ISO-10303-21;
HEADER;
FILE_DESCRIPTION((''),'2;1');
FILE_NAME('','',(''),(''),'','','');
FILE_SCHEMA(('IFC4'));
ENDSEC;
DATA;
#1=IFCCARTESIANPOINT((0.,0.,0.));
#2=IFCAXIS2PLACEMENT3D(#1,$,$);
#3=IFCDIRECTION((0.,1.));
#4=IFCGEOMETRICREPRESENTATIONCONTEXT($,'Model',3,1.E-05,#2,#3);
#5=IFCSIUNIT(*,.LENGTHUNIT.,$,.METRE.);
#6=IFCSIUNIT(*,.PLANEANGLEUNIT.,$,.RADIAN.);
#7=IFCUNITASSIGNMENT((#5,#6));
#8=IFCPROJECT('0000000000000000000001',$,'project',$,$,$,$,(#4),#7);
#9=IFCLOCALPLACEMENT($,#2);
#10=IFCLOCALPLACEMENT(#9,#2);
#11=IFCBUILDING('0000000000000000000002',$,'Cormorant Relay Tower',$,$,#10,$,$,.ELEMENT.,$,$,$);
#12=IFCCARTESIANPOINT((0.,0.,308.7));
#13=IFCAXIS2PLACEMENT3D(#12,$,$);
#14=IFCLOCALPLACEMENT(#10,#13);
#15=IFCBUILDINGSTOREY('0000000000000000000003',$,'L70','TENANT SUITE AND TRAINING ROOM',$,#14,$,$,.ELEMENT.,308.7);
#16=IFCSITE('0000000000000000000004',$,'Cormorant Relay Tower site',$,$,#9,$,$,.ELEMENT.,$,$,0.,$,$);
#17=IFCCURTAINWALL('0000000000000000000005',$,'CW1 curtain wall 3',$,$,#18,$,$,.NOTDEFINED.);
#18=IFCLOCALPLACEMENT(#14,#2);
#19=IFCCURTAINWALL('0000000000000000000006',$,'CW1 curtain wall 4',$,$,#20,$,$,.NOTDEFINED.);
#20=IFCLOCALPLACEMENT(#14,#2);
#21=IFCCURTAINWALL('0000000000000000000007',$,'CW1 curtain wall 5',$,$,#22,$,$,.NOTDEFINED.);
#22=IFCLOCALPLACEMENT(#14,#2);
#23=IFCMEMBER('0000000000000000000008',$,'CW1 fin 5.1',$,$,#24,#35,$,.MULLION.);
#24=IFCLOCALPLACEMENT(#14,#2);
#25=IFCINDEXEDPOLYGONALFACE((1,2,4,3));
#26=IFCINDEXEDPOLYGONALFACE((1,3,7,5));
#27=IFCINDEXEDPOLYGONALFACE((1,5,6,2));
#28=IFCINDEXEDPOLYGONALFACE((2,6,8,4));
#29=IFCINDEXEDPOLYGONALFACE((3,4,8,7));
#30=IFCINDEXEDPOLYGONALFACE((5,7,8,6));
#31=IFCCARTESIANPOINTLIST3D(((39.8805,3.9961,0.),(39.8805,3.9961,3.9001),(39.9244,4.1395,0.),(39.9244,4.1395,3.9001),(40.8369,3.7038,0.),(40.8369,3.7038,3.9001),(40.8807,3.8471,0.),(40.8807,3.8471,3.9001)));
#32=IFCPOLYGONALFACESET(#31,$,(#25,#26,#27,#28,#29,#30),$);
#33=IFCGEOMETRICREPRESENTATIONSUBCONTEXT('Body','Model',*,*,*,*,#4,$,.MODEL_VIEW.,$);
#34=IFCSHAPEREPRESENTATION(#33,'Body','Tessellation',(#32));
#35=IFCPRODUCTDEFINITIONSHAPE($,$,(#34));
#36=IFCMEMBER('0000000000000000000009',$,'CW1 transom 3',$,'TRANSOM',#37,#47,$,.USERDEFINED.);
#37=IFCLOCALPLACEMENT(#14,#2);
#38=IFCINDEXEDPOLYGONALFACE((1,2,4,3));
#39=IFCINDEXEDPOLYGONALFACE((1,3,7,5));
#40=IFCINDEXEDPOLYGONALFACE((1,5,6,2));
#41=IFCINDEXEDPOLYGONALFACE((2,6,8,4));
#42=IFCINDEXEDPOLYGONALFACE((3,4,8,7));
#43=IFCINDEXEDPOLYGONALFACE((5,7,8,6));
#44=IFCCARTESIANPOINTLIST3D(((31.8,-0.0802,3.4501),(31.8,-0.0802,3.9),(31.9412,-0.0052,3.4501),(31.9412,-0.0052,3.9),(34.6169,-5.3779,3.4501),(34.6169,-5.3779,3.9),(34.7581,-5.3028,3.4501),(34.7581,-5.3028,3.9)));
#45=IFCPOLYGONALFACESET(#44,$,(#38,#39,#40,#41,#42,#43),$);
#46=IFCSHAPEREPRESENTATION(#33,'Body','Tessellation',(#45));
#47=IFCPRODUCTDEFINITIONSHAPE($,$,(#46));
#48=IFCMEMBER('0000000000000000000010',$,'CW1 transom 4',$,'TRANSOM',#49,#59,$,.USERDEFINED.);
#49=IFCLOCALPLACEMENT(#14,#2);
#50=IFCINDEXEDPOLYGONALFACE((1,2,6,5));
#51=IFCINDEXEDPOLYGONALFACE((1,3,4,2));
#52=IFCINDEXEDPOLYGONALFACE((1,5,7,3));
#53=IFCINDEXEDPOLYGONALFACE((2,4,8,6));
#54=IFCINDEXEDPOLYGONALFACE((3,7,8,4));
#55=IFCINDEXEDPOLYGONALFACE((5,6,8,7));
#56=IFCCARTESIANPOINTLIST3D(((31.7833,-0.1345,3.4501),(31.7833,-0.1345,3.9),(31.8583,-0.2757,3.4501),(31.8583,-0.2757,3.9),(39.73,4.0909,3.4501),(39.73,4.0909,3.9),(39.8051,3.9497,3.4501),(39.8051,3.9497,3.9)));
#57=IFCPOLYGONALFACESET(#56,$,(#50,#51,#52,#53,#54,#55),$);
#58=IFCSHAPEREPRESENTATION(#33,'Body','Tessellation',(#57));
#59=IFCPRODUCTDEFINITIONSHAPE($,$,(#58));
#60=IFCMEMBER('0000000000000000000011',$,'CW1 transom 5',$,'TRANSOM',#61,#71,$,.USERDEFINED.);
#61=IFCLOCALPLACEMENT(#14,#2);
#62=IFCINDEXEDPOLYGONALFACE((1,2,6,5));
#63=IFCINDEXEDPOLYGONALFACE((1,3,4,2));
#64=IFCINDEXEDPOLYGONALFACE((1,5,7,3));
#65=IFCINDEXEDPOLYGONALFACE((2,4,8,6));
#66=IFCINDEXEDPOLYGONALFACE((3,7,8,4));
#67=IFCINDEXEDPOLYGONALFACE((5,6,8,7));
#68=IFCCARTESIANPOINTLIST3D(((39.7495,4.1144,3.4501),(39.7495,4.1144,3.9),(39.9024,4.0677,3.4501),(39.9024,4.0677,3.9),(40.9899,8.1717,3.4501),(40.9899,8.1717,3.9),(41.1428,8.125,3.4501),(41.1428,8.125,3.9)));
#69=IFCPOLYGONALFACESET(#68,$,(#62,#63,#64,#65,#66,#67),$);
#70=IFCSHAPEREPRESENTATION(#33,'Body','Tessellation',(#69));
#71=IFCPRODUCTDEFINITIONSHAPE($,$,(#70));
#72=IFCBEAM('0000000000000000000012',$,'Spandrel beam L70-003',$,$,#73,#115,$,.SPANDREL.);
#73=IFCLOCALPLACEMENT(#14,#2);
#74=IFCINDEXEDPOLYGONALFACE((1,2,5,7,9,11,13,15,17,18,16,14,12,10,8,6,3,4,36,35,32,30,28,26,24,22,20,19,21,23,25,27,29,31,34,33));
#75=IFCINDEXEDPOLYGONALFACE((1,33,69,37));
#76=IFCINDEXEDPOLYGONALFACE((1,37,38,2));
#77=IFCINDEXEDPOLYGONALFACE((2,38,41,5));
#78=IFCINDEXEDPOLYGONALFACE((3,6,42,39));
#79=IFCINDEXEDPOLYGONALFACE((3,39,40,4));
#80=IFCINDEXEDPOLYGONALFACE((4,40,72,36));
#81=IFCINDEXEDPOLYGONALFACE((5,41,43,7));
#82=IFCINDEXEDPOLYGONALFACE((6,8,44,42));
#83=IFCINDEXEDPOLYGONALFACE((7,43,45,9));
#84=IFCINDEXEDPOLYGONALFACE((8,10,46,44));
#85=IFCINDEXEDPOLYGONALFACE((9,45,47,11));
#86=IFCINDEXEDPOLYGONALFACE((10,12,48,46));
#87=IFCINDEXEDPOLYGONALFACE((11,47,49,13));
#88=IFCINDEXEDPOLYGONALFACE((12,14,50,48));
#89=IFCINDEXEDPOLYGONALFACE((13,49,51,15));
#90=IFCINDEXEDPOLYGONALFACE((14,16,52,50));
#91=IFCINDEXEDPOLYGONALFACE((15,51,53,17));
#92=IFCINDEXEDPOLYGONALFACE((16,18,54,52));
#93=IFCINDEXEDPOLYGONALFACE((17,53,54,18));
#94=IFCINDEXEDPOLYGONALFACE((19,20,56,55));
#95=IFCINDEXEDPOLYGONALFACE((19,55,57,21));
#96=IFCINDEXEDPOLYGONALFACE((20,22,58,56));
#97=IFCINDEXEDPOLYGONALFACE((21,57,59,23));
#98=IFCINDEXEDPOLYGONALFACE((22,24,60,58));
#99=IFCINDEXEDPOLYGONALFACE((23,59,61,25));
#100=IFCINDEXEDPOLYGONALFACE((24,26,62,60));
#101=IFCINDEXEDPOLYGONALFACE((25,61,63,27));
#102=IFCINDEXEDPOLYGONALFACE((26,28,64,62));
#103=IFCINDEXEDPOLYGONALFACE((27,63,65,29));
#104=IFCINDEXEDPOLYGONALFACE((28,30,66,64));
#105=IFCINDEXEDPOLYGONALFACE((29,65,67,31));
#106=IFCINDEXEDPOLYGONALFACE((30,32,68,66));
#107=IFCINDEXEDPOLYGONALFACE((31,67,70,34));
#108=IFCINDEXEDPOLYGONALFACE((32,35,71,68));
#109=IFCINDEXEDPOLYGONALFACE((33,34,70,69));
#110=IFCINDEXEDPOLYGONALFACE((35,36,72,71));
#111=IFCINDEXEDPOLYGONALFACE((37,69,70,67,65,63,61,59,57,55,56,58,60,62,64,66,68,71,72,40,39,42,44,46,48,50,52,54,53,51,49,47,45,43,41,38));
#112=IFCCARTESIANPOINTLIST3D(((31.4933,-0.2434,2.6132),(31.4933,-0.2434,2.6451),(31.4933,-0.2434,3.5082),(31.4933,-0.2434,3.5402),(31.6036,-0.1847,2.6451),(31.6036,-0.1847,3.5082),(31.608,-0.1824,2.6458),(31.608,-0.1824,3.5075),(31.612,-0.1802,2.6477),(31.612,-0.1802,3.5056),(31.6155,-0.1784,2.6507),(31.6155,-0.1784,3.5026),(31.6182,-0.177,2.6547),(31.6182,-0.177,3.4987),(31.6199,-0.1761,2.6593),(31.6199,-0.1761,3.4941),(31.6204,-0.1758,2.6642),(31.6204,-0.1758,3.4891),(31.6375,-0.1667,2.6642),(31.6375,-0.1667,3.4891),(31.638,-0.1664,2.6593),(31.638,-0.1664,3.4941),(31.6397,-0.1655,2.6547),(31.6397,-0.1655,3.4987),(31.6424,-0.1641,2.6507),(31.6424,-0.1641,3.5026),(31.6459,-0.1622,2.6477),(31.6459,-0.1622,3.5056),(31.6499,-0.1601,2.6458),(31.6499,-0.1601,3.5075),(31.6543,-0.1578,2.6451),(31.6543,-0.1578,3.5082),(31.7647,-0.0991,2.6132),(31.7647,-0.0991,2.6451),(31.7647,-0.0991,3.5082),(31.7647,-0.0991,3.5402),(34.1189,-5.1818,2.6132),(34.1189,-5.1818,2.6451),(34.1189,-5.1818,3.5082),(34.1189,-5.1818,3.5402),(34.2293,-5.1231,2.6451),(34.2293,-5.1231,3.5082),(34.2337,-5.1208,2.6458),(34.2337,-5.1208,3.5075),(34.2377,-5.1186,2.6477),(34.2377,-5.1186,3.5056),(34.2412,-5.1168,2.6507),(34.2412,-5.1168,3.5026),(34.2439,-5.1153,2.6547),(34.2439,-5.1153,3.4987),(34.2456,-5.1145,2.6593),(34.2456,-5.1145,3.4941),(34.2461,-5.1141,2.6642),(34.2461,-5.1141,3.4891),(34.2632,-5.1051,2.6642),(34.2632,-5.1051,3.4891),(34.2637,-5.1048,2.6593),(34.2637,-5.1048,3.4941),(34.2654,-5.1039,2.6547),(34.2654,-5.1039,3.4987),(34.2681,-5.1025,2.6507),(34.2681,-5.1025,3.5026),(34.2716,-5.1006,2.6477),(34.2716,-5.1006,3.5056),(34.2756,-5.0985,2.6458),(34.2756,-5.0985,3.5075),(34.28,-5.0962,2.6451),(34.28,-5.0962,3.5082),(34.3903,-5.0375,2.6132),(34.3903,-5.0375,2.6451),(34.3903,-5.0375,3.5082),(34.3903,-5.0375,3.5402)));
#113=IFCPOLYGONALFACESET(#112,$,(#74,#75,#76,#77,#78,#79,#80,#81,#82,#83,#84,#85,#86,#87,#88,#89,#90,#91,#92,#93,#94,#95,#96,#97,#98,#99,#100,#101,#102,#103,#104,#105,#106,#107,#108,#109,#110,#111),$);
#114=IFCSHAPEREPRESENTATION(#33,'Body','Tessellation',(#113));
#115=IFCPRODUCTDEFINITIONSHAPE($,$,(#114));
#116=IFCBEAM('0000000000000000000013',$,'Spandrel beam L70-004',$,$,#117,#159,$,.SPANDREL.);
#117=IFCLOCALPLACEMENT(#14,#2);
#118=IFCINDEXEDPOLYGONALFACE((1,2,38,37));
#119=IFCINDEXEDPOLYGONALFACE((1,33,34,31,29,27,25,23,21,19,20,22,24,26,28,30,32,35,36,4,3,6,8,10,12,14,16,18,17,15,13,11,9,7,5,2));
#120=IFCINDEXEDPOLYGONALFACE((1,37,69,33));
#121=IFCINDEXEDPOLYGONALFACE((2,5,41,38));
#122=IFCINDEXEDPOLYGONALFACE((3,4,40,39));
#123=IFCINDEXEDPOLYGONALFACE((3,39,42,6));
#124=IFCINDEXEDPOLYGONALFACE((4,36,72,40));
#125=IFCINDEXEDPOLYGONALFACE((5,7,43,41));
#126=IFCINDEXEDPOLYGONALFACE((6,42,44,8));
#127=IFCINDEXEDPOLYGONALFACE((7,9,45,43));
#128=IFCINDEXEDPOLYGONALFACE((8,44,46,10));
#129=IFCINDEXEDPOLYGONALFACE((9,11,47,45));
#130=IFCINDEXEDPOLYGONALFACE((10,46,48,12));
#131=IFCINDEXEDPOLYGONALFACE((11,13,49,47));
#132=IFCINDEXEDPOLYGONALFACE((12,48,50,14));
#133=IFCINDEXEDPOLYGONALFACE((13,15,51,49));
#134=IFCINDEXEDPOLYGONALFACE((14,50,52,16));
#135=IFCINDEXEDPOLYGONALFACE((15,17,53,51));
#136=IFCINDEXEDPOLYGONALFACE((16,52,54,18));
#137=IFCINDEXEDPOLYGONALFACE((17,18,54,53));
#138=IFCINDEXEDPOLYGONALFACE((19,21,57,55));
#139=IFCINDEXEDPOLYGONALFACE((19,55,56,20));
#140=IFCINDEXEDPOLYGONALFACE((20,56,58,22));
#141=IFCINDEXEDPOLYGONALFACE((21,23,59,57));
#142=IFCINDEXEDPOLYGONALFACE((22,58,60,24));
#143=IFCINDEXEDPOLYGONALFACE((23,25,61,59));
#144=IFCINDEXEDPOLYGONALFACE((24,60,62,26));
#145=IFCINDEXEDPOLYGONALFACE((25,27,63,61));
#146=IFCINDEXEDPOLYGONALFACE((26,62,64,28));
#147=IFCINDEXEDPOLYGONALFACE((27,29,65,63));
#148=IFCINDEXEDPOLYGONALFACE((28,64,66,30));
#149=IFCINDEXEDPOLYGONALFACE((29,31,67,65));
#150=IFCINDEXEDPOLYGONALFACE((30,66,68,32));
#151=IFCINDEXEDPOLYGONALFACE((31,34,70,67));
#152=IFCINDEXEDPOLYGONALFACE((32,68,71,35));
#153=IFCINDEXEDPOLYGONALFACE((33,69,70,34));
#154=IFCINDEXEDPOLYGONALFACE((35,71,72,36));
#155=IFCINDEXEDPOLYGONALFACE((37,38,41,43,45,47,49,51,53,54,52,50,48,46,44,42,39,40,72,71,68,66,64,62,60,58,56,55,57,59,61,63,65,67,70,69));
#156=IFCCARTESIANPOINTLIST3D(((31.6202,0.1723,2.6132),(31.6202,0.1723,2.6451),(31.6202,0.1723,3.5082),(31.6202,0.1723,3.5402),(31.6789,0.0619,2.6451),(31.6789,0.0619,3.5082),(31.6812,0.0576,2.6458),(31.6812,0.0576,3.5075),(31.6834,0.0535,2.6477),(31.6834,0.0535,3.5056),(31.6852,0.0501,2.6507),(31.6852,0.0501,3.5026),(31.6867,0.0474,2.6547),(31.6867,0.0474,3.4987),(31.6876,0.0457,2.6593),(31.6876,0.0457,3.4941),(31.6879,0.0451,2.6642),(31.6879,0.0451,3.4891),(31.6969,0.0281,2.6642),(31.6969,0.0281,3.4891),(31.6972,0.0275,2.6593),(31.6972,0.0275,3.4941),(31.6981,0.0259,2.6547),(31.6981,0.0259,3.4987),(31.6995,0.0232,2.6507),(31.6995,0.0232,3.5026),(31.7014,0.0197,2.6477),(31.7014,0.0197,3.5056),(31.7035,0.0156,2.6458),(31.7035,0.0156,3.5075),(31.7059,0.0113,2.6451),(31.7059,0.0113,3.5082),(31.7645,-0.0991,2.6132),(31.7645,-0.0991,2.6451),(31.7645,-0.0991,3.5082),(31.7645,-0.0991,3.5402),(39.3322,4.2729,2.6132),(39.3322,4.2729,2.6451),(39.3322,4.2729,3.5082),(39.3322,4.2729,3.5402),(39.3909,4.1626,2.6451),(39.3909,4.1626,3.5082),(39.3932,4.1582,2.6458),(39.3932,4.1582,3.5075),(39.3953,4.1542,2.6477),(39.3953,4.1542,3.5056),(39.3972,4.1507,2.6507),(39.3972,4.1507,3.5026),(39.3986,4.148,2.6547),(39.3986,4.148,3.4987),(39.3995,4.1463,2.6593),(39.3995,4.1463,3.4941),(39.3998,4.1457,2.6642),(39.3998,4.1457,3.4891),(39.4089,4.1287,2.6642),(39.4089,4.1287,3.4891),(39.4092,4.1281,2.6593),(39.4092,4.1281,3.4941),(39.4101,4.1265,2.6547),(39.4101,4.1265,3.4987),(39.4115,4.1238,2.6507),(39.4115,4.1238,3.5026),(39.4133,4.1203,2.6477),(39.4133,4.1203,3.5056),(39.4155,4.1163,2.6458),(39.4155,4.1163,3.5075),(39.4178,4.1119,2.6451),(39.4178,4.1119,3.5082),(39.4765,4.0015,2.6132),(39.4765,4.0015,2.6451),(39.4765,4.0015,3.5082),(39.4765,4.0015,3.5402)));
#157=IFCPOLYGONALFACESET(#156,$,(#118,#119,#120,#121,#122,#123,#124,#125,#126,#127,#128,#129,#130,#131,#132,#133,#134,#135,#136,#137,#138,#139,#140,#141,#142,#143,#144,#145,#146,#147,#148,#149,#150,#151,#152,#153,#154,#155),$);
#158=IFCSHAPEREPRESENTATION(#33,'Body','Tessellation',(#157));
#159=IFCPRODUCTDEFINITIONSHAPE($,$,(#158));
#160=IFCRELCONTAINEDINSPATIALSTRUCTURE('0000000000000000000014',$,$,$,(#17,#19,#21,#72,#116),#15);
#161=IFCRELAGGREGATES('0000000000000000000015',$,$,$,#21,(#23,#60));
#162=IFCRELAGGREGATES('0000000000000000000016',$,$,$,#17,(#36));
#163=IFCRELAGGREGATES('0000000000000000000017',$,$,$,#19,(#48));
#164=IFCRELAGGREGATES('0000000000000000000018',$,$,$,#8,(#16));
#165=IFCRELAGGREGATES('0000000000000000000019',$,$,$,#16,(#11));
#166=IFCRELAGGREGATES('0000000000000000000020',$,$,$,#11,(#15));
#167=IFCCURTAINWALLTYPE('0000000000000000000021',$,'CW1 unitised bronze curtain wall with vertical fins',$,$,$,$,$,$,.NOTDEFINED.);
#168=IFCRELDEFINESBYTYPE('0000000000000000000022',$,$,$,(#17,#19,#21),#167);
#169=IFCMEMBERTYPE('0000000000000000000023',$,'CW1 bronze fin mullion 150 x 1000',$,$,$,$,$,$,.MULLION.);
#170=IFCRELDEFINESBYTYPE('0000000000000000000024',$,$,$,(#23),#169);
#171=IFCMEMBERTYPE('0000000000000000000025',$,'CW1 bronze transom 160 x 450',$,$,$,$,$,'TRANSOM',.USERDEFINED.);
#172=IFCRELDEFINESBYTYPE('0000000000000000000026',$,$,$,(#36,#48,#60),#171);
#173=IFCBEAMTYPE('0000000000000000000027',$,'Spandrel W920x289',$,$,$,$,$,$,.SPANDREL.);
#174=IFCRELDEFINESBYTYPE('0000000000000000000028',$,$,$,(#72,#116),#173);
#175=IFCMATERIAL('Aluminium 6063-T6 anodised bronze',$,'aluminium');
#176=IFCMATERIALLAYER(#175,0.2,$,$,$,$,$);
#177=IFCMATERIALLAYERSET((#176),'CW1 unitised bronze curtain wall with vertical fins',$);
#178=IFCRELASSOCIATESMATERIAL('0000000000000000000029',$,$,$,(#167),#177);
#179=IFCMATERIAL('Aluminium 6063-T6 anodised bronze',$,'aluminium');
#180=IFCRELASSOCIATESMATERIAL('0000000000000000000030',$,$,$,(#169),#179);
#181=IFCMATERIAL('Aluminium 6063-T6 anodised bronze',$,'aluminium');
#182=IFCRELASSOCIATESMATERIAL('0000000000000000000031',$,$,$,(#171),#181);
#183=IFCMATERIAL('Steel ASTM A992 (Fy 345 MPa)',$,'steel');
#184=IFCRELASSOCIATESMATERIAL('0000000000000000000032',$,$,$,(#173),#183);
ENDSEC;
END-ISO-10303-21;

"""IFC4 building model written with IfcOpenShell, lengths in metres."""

from ifc_helpers import new_model, si_unit, direction, frame, origin, origin_2d, place, context, subcontext, project, spatial, rectangle, i_section, extrude, material, layer, layer_set, material_profile, profile_set, type_object, element, aggregate, save


model = new_model("IFC4")

# Units and contexts
model_context = context("Model", 3, precision=1e-05, world=origin(), true_north=direction((0.0, 1.0)))
body_context = subcontext(model_context, "Body", "Model", "MODEL_VIEW")
ifc_project = project(units=[si_unit("LENGTHUNIT", "METRE"), si_unit("PLANEANGLEUNIT", "RADIAN")], contexts=[model_context])

# Site, building, storey
site_placement = place(None, origin())
site = spatial("IfcSite", under=ifc_project, at=site_placement, Name="Cormorant Relay Tower site", CompositionType="ELEMENT", RefElevation=0.0)
building_placement = place(site_placement, origin())
building = spatial("IfcBuilding", under=site, at=building_placement, Name="Cormorant Relay Tower", CompositionType="ELEMENT")
storey_placement = place(building_placement, frame((0.0, 0.0, 308.7)))
storey = spatial("IfcBuildingStorey", under=building, at=storey_placement, Name="L70", Description="TENANT SUITE AND TRAINING ROOM", CompositionType="ELEMENT", Elevation=308.7)

# Curtain wall
ifc_material_1 = material(Name="Aluminium 6063-T6 anodised bronze", Category="aluminium")
ifc_layer_1 = layer(ifc_material_1, 0.2)
ifc_layer_set_1 = layer_set([ifc_layer_1], Name="CW1 unitised bronze curtain wall with vertical fins")
curtain_wall_type = type_object("IfcCurtainWallType", Name="CW1 unitised bronze curtain wall with vertical fins", PredefinedType="NOTDEFINED", material=ifc_layer_set_1)
ifc_material_2 = material(Name="Aluminium 6063-T6 anodised bronze", Category="aluminium")
ifc_material_profile_1 = material_profile(ifc_material_2, rectangle(XDim=0.1499, YDim=1.0, at=origin_2d()), Name="AL 150x1000")
ifc_profile_set_1 = profile_set([ifc_material_profile_1], Name="Aluminium 6063-T6 anodised bronze")
member_type_1 = type_object("IfcMemberType", Name="CW1 bronze fin mullion 150 x 1000", PredefinedType="MULLION", material=ifc_profile_set_1)
curtain_wall_1_placement = place(storey_placement, origin())
curtain_wall_1 = element("IfcCurtainWall", 1, at=curtain_wall_1_placement, inside=storey, type_object=curtain_wall_type, Name="CW1 curtain wall 3", PredefinedType="NOTDEFINED")

# Curtain wall
curtain_wall_2_placement = place(storey_placement, origin())
curtain_wall_2 = element("IfcCurtainWall", 2, at=curtain_wall_2_placement, inside=storey, type_object=curtain_wall_type, Name="CW1 curtain wall 4", PredefinedType="NOTDEFINED")

# Curtain wall, member
curtain_wall_3_placement = place(storey_placement, origin())
curtain_wall_3 = element("IfcCurtainWall", 3, at=curtain_wall_3_placement, inside=storey, type_object=curtain_wall_type, Name="CW1 curtain wall 5", PredefinedType="NOTDEFINED")
member_1_placement = place(storey_placement, frame((40.3806, 3.9216, 0.0), z_axis=(0.0, 0.0, 1.0), x_axis=(0.292372, 0.956305, 0.0)))
member_1 = element("IfcMember", 4, at=member_1_placement, type_object=member_type_1, Name="CW1 fin 5.1", PredefinedType="MULLION", context=body_context, shape_type="SweptSolid", body=[
    extrude(rectangle(XDim=0.1499, YDim=1.0, at=origin_2d()), origin(), (0.0, 0.0, 1.0), 3.9001),
])

# Members
ifc_material_3 = material(Name="Aluminium 6063-T6 anodised bronze", Category="aluminium")
ifc_material_profile_2 = material_profile(ifc_material_3, rectangle(XDim=0.1599, YDim=0.45, at=origin_2d()), Name="AL 160x450")
ifc_profile_set_2 = profile_set([ifc_material_profile_2], Name="Aluminium 6063-T6 anodised bronze")
member_type_2 = type_object("IfcMemberType", Name="CW1 bronze transom 160 x 450", ElementType="TRANSOM", PredefinedType="USERDEFINED", material=ifc_profile_set_2)
member_2_placement = place(storey_placement, frame((34.6875, -5.3403, 3.675), z_axis=(-0.469485, 0.88294, 0.0), x_axis=(-0.88294, -0.469485, 0.0)))
member_2 = element("IfcMember", 5, at=member_2_placement, type_object=member_type_2, Name="CW1 transom 3", ObjectType="TRANSOM", PredefinedType="USERDEFINED", context=body_context, shape_type="SweptSolid", body=[
    extrude(rectangle(XDim=0.1599, YDim=0.45, at=origin_2d()), origin(), (0.0, 0.0, 1.0), 6.0),
])
member_3_placement = place(storey_placement, frame((31.8208, -0.2051, 3.675), z_axis=(0.882949, 0.469469, 0.0), x_axis=(-0.469469, 0.882949, 0.0)))
member_3 = element("IfcMember", 6, at=member_3_placement, type_object=member_type_2, Name="CW1 transom 4", ObjectType="TRANSOM", PredefinedType="USERDEFINED", context=body_context, shape_type="SweptSolid", body=[
    extrude(rectangle(XDim=0.1599, YDim=0.45, at=origin_2d()), origin(), (0.0, 0.0, 1.0), 9.0002),
])
member_4_placement = place(storey_placement, frame((39.8259, 4.0911, 3.675), z_axis=(0.292375, 0.956304, 0.0), x_axis=(-0.956304, 0.292375, 0.0)))
member_4 = element("IfcMember", 7, at=member_4_placement, type_object=member_type_2, Name="CW1 transom 5", ObjectType="TRANSOM", PredefinedType="USERDEFINED", context=body_context, shape_type="SweptSolid", body=[
    extrude(rectangle(XDim=0.1599, YDim=0.45, at=origin_2d()), origin(), (0.0, 0.0, 1.0), 4.2427),
])
aggregate(curtain_wall_3, [member_1, member_4])

# Beams
ifc_material_4 = material(Name="Steel ASTM A992 (Fy 345 MPa)", Category="steel")
ifc_material_profile_3 = material_profile(ifc_material_4, i_section(OverallWidth=0.3074, OverallDepth=0.927, WebThickness=0.0193, FlangeThickness=0.032, FilletRadius=0.019, at=origin_2d()), Name="W920x289")
ifc_profile_set_3 = profile_set([ifc_material_profile_3], Name="Steel ASTM A992 (Fy 345 MPa)")
beam_type = type_object("IfcBeamType", Name="Spandrel W920x289", PredefinedType="SPANDREL", material=ifc_profile_set_3)
beam_1_placement = place(storey_placement, frame((34.2546, -5.1096, 3.0767), z_axis=(-0.469457, 0.882955, 0.0), x_axis=(-0.882955, -0.469457, 0.0)))
element("IfcBeam", 8, at=beam_1_placement, inside=storey, type_object=beam_type, Name="Spandrel beam L70-003", PredefinedType="SPANDREL", context=body_context, shape_type="SweptSolid", body=[
    extrude(i_section(OverallWidth=0.3074, OverallDepth=0.927, WebThickness=0.0193, FlangeThickness=0.032, FilletRadius=0.019, at=origin_2d()), origin(), (0.0, 0.0, 1.0), 5.593),
])
beam_2_placement = place(storey_placement, frame((31.6924, 0.0366, 3.0767), z_axis=(0.882943, 0.469479, 0.0), x_axis=(-0.469479, 0.882943, 0.0)))
element("IfcBeam", 9, at=beam_2_placement, inside=storey, type_object=beam_type, Name="Spandrel beam L70-004", PredefinedType="SPANDREL", context=body_context, shape_type="SweptSolid", body=[
    extrude(i_section(OverallWidth=0.3074, OverallDepth=0.927, WebThickness=0.0193, FlangeThickness=0.032, FilletRadius=0.019, at=origin_2d()), origin(), (0.0, 0.0, 1.0), 8.7344),
])

aggregate(curtain_wall_1, [member_2])
aggregate(curtain_wall_2, [member_3])

save(model, "model.ifc")
